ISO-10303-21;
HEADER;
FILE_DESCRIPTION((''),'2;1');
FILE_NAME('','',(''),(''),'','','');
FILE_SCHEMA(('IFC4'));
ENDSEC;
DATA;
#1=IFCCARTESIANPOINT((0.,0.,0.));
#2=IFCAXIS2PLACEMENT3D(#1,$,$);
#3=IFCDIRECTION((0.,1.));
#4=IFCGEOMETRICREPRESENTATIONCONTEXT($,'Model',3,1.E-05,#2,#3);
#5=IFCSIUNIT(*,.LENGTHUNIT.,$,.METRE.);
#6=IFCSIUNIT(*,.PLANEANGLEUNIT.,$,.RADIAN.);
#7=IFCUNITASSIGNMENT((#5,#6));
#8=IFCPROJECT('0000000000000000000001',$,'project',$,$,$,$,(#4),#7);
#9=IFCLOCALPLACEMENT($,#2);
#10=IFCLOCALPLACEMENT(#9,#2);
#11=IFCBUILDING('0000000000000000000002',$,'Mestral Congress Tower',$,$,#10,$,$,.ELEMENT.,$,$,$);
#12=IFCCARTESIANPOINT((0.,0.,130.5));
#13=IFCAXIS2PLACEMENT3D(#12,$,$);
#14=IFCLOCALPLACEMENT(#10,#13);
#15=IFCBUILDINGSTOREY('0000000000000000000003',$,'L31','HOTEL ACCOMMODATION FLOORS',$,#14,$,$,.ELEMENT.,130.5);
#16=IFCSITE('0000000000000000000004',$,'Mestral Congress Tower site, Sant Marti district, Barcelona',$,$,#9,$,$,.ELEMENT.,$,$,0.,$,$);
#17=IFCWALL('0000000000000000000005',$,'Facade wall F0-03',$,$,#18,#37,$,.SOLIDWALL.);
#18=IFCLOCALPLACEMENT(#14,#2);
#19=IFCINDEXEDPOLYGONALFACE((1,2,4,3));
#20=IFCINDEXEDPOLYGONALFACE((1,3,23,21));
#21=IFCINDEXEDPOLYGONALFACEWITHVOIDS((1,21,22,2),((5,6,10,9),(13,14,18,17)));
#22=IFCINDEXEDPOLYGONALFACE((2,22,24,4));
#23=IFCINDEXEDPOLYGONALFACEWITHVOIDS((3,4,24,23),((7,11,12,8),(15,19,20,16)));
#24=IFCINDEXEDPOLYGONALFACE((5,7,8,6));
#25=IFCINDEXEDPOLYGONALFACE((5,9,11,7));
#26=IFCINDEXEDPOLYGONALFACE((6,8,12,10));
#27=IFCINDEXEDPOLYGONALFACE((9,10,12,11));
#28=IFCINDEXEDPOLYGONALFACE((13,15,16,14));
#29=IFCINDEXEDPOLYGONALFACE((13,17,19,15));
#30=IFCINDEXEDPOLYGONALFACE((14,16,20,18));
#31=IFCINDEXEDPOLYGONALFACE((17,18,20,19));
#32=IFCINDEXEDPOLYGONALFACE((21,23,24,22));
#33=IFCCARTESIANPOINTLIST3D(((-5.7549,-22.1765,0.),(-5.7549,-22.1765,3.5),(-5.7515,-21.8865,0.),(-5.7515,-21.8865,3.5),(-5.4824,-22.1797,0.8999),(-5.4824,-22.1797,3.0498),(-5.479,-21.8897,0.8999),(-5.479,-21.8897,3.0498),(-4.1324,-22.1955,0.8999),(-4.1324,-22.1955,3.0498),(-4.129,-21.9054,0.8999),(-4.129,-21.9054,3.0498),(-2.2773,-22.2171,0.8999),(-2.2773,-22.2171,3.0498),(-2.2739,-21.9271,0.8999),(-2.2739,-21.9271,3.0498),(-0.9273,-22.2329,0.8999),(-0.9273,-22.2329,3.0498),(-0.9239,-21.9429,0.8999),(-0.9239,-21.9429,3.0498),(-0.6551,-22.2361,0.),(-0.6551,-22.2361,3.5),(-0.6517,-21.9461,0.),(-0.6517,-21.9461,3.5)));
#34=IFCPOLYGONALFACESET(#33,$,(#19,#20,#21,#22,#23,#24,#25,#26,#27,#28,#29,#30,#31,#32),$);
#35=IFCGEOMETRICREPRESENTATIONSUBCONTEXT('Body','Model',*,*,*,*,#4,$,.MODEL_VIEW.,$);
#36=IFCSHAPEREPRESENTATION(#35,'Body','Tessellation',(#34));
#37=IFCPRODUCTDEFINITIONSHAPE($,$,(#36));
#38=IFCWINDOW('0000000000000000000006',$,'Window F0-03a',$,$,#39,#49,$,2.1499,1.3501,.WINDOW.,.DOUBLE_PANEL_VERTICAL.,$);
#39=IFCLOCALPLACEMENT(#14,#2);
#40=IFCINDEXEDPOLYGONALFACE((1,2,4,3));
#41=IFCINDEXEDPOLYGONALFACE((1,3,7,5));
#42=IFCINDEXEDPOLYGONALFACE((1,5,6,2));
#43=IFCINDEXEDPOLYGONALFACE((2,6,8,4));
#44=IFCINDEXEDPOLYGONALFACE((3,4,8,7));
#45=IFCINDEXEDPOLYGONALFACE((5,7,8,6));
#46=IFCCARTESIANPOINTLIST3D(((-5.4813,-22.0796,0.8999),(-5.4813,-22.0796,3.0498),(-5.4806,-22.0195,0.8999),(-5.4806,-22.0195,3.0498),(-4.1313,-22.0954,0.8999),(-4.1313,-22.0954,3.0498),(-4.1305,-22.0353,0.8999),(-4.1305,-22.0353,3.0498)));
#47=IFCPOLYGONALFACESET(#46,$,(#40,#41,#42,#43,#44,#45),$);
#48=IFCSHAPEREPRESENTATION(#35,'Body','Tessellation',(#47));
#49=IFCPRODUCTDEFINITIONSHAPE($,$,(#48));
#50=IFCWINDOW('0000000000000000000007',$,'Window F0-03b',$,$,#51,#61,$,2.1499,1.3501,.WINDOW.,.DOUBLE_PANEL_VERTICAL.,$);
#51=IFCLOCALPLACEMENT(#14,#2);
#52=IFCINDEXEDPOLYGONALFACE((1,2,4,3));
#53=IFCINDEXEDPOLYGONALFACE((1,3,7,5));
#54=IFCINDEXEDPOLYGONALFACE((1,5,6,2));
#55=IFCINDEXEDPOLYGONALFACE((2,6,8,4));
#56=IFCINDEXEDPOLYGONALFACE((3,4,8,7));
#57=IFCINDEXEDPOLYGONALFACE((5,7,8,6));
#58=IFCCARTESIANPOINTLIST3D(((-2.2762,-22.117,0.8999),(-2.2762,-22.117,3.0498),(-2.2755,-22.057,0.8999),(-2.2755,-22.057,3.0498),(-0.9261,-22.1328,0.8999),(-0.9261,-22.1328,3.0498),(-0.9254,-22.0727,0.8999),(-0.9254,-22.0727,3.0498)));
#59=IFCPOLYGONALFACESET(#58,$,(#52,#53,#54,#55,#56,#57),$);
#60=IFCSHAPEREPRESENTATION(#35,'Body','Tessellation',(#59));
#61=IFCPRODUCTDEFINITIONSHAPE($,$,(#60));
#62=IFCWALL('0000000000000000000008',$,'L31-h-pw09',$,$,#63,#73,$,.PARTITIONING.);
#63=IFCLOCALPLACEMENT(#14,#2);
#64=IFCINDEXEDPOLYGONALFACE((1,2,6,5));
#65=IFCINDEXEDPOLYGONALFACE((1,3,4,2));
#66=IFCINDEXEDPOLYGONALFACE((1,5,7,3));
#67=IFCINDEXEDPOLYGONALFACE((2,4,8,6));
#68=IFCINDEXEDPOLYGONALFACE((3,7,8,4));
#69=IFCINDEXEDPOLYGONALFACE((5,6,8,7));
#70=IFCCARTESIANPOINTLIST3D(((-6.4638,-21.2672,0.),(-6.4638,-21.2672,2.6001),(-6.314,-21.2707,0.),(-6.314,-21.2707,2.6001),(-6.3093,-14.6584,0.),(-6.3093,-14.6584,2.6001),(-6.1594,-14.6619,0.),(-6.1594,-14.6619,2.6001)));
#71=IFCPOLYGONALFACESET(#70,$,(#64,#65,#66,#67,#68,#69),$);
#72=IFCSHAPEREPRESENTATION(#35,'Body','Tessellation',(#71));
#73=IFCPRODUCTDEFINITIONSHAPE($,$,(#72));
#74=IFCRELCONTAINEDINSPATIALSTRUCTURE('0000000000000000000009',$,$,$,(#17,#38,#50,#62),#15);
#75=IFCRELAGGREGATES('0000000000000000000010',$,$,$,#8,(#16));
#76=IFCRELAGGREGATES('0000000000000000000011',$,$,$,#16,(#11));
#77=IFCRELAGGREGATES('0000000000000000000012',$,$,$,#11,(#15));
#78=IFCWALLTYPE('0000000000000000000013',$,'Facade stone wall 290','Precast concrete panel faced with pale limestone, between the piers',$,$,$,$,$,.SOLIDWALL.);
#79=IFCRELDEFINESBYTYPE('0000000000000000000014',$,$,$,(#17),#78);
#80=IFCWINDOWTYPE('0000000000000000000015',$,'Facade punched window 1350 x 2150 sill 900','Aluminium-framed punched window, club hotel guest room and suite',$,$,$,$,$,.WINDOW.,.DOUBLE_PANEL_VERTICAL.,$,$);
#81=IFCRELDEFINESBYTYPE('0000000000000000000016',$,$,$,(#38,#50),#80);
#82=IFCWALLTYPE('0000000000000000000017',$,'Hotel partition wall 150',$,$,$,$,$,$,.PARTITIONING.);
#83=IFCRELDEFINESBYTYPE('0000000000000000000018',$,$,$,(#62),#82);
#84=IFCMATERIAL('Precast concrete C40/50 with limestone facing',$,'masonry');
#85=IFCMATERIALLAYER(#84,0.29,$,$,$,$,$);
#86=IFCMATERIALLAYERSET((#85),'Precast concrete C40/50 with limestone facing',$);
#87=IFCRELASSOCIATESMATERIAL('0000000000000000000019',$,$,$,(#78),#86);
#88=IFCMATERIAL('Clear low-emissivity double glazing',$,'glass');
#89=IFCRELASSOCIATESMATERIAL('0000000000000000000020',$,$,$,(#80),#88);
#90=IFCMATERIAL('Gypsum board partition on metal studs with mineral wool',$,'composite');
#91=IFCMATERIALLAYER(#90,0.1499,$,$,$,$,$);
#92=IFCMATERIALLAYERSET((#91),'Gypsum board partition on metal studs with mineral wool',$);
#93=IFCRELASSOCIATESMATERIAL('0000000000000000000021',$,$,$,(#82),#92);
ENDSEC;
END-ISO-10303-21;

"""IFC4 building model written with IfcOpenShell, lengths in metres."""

from ifc_helpers import new_model, si_unit, direction, frame, frame_2d, origin, place, context, subcontext, project, spatial, rectangle, extrude, material, layer, layer_set, type_object, element, fill, save


model = new_model("IFC4")

# Units and contexts
model_context = context("Model", 3, precision=1e-05, world=origin(), true_north=direction((0.0, 1.0)))
body_context = subcontext(model_context, "Body", "Model", "MODEL_VIEW")
ifc_project = project(units=[si_unit("LENGTHUNIT", "METRE"), si_unit("PLANEANGLEUNIT", "RADIAN")], contexts=[model_context])

# Site, building, storey
site_placement = place(None, origin())
site = spatial("IfcSite", under=ifc_project, at=site_placement, Name="Mestral Congress Tower site, Sant Marti district, Barcelona", CompositionType="ELEMENT", RefElevation=0.0)
building_placement = place(site_placement, origin())
building = spatial("IfcBuilding", under=site, at=building_placement, Name="Mestral Congress Tower", CompositionType="ELEMENT")
storey_placement = place(building_placement, frame((0.0, 0.0, 130.5)))
storey = spatial("IfcBuildingStorey", under=building, at=storey_placement, Name="L31", Description="HOTEL ACCOMMODATION FLOORS", CompositionType="ELEMENT", Elevation=130.5)

# Wall, openings, windows
ifc_material_1 = material(Name="Precast concrete C40/50 with limestone facing", Category="masonry")
ifc_layer_1 = layer(ifc_material_1, 0.29)
ifc_layer_set_1 = layer_set([ifc_layer_1], Name="Precast concrete C40/50 with limestone facing")
wall_type_1 = type_object("IfcWallType", Name="Facade stone wall 290", Description="Precast concrete panel faced with pale limestone, between the piers", PredefinedType="SOLIDWALL", material=ifc_layer_set_1)
ifc_material_2 = material(Name="Clear low-emissivity double glazing", Category="glass")
window_type = type_object("IfcWindowType", Name="Facade punched window 1350 x 2150 sill 900", Description="Aluminium-framed punched window, club hotel guest room and suite", PartitioningType="DOUBLE_PANEL_VERTICAL", PredefinedType="WINDOW", material=ifc_material_2)
wall_1_placement = place(storey_placement, frame((-5.7532, -22.0315, 0.0), z_axis=(0.0, 0.0, 1.0), x_axis=(0.999932, -0.01168, 0.0)))
wall_1 = element("IfcWall", 1, at=wall_1_placement, inside=storey, type_object=wall_type_1, Name="Facade wall F0-03", PredefinedType="SOLIDWALL", context=body_context, shape_type="SweptSolid", body=[
    extrude(rectangle(XDim=5.1001, YDim=0.29, at=frame_2d((2.55, 0.0))), origin(), (0.0, 0.0, 1.0), 3.5),
])
opening_1_placement = place(wall_1_placement, frame((0.2725, 0.0, 0.8999)))
opening_1 = element("IfcOpeningElement", 2, at=opening_1_placement, cuts=wall_1, PredefinedType="OPENING", context=body_context, shape_type="SweptSolid", body=[
    extrude(rectangle(XDim=1.3501, YDim=2.1499, at=frame_2d((0.675, 1.075))), frame((0.0, 0.155, 0.0), z_axis=(0.0, -1.0, 0.0), x_axis=(1.0, 0.0, 0.0)), (0.0, 0.0, 1.0), 0.3101),
])
opening_2_placement = place(wall_1_placement, frame((3.4778, 0.0, 0.8999)))
opening_2 = element("IfcOpeningElement", 3, at=opening_2_placement, cuts=wall_1, PredefinedType="OPENING", context=body_context, shape_type="SweptSolid", body=[
    extrude(rectangle(XDim=1.3501, YDim=2.1499, at=frame_2d((0.675, 1.075))), frame((0.0, 0.155, 0.0), z_axis=(0.0, -1.0, 0.0), x_axis=(1.0, 0.0, 0.0)), (0.0, 0.0, 1.0), 0.3101),
])
window_1_placement = place(opening_1_placement, origin())
window_1 = element("IfcWindow", 4, at=window_1_placement, inside=storey, type_object=window_type, Name="Window F0-03a", OverallHeight=2.1499, OverallWidth=1.3501, PartitioningType="DOUBLE_PANEL_VERTICAL", PredefinedType="WINDOW", context=body_context, shape_type="SweptSolid", body=[
    extrude(rectangle(XDim=1.3501, YDim=2.1499, at=frame_2d((0.675, 1.075))), frame((0.0, 0.0151, 0.0), z_axis=(0.0, -1.0, 0.0), x_axis=(1.0, 0.0, 0.0)), (0.0, 0.0, 1.0), 0.0601),
])
fill(opening_1, window_1)
window_2_placement = place(opening_2_placement, origin())
window_2 = element("IfcWindow", 5, at=window_2_placement, inside=storey, type_object=window_type, Name="Window F0-03b", OverallHeight=2.1499, OverallWidth=1.3501, PartitioningType="DOUBLE_PANEL_VERTICAL", PredefinedType="WINDOW", context=body_context, shape_type="SweptSolid", body=[
    extrude(rectangle(XDim=1.3501, YDim=2.1499, at=frame_2d((0.675, 1.075))), frame((0.0, 0.0151, 0.0), z_axis=(0.0, -1.0, 0.0), x_axis=(1.0, 0.0, 0.0)), (0.0, 0.0, 1.0), 0.0601),
])
fill(opening_2, window_2)

# Wall
ifc_material_3 = material(Name="Gypsum board partition on metal studs with mineral wool", Category="composite")
ifc_layer_2 = layer(ifc_material_3, 0.1499)
ifc_layer_set_2 = layer_set([ifc_layer_2], Name="Gypsum board partition on metal studs with mineral wool")
wall_type_2 = type_object("IfcWallType", Name="Hotel partition wall 150", PredefinedType="PARTITIONING", material=ifc_layer_set_2)
wall_2_placement = place(storey_placement, frame((-6.3889, -21.2688, 0.0), z_axis=(0.0, 0.0, 1.0), x_axis=(0.023377, 0.999727, 0.0)))
element("IfcWall", 6, at=wall_2_placement, inside=storey, type_object=wall_type_2, Name="L31-h-pw09", PredefinedType="PARTITIONING", context=body_context, shape_type="SweptSolid", body=[
    extrude(rectangle(XDim=6.6106, YDim=0.1499, at=frame_2d((3.3052, 0.0))), origin(), (0.0, 0.0, 1.0), 2.6001),
])

save(model, "model.ifc")
